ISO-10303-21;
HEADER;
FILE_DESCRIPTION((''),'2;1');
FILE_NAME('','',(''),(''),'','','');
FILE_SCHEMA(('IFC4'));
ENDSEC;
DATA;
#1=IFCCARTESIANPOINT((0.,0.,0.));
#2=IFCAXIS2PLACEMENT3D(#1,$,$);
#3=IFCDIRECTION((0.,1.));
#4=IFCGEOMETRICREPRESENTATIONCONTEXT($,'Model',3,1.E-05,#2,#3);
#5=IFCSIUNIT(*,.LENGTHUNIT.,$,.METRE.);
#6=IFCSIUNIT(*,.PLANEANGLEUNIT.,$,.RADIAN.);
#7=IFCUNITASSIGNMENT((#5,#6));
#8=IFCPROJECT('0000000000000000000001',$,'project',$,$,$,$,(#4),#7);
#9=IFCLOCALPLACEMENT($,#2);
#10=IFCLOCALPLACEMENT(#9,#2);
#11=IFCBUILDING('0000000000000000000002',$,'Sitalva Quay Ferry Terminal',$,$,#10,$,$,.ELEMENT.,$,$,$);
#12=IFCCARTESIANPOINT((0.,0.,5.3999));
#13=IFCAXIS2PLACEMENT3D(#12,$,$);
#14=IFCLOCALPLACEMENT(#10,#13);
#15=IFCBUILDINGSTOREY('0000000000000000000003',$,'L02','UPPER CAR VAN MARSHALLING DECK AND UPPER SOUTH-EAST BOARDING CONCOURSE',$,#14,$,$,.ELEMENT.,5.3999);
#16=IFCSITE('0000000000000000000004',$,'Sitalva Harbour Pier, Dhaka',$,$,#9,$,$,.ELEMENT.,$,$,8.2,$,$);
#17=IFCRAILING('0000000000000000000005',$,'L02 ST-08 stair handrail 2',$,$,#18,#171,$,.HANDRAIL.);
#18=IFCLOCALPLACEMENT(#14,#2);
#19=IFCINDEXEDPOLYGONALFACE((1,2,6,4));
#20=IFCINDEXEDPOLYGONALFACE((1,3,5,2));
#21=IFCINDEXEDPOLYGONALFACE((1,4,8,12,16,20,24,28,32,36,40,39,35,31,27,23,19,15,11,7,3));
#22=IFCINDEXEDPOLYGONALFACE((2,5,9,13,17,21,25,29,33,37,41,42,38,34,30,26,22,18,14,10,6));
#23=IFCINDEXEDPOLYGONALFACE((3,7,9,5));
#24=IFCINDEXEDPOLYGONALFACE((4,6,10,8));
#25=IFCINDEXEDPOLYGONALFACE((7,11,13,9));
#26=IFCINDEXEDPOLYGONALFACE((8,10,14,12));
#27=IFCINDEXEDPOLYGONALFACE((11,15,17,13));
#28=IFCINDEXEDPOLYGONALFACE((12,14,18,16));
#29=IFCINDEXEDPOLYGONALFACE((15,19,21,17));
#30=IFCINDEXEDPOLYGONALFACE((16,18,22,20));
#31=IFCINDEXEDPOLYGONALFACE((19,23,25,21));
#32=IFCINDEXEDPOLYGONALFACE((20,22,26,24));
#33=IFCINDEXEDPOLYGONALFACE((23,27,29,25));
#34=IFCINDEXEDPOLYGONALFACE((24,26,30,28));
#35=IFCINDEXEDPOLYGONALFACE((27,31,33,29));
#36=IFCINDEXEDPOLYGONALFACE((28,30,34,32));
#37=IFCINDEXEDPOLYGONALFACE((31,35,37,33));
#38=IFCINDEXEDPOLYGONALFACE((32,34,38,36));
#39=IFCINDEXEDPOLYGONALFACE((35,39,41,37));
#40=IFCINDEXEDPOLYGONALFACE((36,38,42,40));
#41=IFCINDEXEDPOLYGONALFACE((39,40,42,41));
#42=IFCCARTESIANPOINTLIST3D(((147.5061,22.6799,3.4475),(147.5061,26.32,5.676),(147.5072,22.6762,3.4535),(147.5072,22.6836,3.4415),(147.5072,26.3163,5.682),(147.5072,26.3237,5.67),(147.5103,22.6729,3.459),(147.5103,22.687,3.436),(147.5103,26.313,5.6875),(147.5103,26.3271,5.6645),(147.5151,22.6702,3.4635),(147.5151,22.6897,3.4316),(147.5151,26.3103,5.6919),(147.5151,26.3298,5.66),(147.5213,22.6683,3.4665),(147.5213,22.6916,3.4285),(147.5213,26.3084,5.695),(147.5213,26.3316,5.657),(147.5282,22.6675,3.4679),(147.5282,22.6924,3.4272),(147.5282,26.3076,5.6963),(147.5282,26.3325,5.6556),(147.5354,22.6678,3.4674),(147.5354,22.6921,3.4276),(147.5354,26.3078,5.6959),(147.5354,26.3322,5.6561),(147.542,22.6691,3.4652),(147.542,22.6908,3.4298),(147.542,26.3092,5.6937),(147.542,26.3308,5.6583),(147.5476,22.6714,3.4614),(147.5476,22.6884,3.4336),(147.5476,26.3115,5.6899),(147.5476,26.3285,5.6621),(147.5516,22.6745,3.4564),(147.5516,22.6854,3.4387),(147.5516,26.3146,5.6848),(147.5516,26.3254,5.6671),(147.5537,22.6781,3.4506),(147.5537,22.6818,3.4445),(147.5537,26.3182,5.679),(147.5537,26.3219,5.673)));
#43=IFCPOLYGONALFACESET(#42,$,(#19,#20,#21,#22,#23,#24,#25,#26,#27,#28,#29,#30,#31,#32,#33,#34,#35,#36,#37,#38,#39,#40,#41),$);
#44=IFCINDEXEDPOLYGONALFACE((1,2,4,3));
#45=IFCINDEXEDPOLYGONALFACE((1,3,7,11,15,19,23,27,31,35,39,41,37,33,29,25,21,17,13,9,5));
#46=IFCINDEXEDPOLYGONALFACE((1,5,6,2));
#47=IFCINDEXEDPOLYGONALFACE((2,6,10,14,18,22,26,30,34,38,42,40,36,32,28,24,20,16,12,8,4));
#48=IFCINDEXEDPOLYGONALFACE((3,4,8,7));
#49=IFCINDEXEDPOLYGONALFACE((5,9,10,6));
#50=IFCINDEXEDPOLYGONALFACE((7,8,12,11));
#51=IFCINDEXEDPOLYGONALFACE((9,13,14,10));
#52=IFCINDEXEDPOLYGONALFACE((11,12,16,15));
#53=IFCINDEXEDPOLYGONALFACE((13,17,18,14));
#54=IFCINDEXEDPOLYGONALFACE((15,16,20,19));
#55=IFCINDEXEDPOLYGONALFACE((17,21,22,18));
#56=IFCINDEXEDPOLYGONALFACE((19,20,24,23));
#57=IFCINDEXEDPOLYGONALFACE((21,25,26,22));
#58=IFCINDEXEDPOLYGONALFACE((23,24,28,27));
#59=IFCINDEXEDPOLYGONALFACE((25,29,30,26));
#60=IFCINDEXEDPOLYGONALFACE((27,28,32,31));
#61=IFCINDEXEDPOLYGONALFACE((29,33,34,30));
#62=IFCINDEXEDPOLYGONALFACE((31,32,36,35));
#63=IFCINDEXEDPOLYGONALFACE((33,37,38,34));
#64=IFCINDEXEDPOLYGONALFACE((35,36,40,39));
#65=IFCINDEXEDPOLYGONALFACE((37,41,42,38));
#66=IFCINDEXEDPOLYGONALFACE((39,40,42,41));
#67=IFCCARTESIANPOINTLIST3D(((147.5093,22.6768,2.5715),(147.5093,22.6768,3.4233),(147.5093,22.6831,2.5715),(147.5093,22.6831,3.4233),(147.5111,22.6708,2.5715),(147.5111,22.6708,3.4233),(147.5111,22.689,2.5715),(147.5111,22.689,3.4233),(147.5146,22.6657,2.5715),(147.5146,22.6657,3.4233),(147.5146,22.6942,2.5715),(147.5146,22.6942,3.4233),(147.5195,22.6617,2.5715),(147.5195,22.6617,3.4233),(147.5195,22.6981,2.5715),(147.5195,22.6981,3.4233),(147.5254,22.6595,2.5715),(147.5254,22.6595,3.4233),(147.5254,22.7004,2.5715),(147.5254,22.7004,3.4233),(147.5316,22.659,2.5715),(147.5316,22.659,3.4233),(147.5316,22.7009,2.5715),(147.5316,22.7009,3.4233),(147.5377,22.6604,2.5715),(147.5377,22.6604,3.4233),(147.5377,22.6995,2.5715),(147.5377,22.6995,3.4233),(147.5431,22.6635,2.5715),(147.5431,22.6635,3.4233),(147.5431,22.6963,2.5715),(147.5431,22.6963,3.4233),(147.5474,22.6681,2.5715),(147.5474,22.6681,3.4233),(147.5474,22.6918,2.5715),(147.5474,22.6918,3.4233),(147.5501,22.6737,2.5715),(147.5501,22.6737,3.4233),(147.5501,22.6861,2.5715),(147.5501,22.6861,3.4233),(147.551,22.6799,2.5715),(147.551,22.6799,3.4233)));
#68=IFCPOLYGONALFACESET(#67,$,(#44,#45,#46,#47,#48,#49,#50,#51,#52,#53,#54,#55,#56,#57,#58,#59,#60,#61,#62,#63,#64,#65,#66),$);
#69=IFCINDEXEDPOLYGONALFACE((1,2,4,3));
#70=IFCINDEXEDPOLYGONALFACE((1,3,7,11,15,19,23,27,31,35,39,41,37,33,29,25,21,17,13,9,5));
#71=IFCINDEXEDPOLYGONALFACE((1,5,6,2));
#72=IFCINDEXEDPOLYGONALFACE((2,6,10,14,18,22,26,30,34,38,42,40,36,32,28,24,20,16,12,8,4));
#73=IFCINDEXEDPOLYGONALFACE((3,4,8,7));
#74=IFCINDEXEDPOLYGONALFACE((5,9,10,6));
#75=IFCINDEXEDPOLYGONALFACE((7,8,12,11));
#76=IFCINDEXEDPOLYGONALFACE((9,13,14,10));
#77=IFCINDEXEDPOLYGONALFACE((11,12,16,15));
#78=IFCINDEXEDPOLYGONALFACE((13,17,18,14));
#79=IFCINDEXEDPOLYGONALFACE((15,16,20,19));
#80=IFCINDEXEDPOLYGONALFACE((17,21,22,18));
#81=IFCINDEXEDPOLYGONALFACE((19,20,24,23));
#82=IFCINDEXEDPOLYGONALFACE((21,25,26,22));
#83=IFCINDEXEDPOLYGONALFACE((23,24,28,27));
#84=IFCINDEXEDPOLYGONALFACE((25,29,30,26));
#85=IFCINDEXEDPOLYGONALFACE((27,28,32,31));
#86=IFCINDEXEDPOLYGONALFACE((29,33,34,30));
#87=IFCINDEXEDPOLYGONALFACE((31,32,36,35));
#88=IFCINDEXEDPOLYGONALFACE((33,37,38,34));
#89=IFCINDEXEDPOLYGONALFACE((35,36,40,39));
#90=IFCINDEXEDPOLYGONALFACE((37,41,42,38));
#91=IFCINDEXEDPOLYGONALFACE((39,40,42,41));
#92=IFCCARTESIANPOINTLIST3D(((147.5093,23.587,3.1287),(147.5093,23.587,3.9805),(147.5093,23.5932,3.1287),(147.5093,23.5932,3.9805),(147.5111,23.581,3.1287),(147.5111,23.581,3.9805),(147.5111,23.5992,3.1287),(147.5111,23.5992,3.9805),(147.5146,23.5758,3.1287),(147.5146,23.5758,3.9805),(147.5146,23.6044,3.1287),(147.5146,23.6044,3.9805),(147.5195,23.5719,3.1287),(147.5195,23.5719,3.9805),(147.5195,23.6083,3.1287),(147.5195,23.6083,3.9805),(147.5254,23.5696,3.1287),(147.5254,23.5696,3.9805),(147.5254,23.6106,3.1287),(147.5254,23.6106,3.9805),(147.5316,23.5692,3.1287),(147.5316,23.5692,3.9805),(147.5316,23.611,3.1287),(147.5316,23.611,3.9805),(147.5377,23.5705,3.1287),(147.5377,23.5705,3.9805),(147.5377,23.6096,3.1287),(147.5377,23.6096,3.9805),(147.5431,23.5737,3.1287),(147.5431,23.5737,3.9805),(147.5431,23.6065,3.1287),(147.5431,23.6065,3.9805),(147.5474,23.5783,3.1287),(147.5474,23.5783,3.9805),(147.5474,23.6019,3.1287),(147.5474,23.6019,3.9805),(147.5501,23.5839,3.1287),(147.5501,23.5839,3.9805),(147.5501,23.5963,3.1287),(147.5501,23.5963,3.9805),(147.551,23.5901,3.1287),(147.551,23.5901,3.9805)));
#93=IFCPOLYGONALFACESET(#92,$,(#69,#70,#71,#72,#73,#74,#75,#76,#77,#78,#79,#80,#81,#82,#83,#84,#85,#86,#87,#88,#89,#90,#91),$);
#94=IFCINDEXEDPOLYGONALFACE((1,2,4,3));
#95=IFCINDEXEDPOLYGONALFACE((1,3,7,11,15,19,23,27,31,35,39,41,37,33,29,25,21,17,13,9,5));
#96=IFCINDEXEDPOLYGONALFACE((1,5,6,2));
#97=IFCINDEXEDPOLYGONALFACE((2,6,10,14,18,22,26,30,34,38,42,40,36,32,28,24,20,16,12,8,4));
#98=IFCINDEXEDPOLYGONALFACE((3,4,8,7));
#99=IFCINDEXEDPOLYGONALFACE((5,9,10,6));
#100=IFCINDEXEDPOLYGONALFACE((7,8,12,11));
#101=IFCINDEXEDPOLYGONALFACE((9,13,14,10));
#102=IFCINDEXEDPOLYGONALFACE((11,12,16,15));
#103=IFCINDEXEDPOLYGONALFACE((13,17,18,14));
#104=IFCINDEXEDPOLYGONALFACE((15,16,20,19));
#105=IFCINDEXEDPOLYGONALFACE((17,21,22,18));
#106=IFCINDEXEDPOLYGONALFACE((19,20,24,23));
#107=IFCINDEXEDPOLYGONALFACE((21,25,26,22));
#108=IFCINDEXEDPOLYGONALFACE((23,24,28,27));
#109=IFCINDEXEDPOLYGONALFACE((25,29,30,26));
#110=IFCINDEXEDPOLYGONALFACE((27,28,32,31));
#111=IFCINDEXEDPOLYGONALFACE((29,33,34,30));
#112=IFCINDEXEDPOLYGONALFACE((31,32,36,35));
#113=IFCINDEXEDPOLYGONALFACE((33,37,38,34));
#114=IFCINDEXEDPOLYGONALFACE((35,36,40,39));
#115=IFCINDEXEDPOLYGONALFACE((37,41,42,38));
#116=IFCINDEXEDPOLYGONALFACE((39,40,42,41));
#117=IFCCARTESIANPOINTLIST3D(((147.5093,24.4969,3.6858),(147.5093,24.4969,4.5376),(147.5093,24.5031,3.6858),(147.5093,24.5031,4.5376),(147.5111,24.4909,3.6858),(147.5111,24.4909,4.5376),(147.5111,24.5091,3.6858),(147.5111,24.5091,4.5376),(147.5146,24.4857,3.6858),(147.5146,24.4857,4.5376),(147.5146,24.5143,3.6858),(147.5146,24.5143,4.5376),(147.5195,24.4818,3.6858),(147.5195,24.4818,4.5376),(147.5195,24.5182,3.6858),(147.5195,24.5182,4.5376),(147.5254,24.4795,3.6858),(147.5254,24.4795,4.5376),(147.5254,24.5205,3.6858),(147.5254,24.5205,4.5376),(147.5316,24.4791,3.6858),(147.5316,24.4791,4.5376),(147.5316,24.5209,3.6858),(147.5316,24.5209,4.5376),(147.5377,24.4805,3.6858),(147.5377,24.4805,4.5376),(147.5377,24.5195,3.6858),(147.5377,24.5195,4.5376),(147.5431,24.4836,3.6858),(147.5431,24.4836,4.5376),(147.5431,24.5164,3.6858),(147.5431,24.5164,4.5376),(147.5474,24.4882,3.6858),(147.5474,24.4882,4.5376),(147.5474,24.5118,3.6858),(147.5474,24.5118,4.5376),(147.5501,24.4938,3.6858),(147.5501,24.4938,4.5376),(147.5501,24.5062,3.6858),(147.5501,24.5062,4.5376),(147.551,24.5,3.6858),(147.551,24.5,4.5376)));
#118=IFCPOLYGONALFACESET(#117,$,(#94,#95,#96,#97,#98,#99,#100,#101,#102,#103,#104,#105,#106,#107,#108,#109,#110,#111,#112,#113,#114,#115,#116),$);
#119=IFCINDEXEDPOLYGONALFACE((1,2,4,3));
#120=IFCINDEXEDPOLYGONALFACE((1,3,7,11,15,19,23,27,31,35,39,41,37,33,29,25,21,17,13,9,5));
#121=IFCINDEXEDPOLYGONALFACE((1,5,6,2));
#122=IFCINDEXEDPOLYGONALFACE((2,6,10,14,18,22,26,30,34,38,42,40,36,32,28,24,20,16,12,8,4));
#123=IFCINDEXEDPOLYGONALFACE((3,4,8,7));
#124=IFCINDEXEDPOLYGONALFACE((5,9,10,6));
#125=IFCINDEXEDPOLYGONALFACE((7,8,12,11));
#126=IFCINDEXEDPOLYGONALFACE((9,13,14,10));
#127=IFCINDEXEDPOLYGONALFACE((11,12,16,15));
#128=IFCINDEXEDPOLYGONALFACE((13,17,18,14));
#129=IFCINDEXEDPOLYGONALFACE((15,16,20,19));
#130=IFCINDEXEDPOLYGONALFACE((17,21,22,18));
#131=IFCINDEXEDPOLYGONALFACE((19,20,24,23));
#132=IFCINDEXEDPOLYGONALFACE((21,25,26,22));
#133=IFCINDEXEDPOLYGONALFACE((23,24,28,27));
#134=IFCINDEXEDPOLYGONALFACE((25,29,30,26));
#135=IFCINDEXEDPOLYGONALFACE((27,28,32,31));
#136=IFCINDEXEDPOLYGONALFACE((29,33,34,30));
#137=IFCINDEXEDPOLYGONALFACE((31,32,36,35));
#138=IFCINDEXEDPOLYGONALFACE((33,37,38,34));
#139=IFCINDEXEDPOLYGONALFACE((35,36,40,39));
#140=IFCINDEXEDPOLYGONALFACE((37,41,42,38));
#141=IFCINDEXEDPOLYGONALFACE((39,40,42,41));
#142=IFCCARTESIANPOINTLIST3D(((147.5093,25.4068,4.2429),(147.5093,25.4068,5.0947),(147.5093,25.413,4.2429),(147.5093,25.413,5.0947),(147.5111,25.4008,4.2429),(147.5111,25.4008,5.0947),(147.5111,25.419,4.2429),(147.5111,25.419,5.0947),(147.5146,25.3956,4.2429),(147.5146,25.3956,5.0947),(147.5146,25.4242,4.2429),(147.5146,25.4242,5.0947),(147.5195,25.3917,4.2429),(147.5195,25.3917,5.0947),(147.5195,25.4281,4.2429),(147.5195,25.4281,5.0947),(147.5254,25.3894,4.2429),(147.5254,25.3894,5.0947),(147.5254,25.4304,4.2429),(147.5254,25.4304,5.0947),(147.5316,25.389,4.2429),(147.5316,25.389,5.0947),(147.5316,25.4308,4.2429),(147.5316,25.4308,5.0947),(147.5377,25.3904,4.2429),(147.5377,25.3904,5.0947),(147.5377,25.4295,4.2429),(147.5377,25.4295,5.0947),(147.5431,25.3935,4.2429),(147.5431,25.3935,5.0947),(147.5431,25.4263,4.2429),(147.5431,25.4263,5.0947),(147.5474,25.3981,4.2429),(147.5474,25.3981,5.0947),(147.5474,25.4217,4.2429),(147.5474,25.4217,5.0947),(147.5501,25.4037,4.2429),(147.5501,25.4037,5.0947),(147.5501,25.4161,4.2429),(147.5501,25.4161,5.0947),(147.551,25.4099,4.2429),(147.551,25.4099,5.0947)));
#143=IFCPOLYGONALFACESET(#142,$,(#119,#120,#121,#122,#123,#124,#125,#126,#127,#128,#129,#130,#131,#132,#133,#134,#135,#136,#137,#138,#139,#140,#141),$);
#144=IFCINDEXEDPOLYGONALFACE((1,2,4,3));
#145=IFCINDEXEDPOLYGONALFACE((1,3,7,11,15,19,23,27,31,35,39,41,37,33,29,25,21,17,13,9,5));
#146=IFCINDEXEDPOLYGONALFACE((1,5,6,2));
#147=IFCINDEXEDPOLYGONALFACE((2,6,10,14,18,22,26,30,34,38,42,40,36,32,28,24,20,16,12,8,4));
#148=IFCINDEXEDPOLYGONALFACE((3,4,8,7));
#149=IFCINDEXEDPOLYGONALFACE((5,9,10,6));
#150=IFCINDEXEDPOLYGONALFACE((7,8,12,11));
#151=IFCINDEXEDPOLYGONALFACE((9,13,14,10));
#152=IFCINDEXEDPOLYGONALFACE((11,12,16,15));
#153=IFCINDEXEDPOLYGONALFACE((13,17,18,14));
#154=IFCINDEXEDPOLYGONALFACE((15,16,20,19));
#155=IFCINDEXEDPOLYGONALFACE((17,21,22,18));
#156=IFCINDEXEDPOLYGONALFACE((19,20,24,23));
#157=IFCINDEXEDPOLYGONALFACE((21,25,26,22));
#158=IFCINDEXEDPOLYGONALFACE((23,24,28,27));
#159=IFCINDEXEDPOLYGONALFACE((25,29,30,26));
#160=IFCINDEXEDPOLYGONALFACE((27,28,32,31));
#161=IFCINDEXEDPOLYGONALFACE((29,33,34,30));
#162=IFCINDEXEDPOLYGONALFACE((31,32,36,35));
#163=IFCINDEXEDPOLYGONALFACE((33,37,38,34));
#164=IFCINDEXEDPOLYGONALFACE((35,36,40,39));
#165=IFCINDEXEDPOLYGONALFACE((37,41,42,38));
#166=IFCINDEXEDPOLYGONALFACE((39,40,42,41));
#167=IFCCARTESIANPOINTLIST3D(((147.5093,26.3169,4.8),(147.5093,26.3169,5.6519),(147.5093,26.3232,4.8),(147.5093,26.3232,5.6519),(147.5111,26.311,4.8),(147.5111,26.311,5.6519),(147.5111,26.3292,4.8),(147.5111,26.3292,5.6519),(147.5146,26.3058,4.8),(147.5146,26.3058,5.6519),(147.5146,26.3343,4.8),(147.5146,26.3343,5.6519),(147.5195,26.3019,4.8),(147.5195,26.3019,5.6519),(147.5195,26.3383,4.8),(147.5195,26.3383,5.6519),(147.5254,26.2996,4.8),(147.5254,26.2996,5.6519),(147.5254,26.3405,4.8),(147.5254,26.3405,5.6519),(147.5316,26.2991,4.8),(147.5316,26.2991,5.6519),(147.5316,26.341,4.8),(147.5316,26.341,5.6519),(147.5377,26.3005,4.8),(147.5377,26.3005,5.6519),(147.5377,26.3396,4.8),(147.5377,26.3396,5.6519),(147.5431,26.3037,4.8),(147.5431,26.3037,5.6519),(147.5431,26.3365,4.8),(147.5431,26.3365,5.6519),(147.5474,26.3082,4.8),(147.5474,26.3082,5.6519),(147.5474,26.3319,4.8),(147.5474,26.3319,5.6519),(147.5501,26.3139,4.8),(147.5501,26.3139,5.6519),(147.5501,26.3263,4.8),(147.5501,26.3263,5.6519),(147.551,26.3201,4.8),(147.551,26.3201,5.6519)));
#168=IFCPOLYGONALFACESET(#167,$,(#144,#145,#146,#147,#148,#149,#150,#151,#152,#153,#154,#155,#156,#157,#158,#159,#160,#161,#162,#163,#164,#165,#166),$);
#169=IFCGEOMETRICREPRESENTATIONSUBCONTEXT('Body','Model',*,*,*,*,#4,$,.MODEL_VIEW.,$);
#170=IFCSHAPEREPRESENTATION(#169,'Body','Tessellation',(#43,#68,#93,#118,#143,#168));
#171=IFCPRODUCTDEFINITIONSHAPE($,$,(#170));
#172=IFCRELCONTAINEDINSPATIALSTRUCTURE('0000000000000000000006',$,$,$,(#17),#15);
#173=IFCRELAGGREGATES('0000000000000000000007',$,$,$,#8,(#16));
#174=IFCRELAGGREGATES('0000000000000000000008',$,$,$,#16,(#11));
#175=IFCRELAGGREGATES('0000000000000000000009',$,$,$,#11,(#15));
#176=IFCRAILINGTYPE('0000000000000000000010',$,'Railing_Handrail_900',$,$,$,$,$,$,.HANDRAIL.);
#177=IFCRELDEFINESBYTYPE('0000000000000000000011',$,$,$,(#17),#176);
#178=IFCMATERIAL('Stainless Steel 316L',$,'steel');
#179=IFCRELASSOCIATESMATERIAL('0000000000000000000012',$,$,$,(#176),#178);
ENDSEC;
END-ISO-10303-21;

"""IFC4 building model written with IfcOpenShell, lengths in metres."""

from ifc_helpers import new_model, si_unit, direction, frame, origin, origin_2d, place, context, subcontext, project, spatial, circle, extrude, material, type_object, element, save


model = new_model("IFC4")

# Units and contexts
model_context = context("Model", 3, precision=1e-05, world=origin(), true_north=direction((0.0, 1.0)))
body_context = subcontext(model_context, "Body", "Model", "MODEL_VIEW")
ifc_project = project(units=[si_unit("LENGTHUNIT", "METRE"), si_unit("PLANEANGLEUNIT", "RADIAN")], contexts=[model_context])

# Site, building, storey
site_placement = place(None, origin())
site = spatial("IfcSite", under=ifc_project, at=site_placement, Name="Sitalva Harbour Pier, Dhaka", CompositionType="ELEMENT", RefElevation=8.2)
building_placement = place(site_placement, origin())
building = spatial("IfcBuilding", under=site, at=building_placement, Name="Sitalva Quay Ferry Terminal", CompositionType="ELEMENT")
storey_placement = place(building_placement, frame((0.0, 0.0, 5.3999)))
storey = spatial("IfcBuildingStorey", under=building, at=storey_placement, Name="L02", Description="UPPER CAR VAN MARSHALLING DECK AND UPPER SOUTH-EAST BOARDING CONCOURSE", CompositionType="ELEMENT", Elevation=5.3999)

# Railing
ifc_material_1 = material(Name="Stainless Steel 316L", Category="steel")
railing_type_1 = type_object("IfcRailingType", Name="Railing_Handrail_900", PredefinedType="HANDRAIL", material=ifc_material_1)
railing_1_placement = place(storey_placement, frame((147.53, 22.6799, 2.5715)))
element("IfcRailing", 1, at=railing_1_placement, inside=storey, type_object=railing_type_1, Name="L02 ST-08 stair handrail 2", PredefinedType="HANDRAIL", context=body_context, shape_type="SweptSolid", body=[
    extrude(circle(Radius=0.0239, at=origin_2d()), frame((0.0, 0.0, 0.876), z_axis=(0.0, 0.852866, 0.52213), x_axis=(-1.0, 0.0, 0.0)), (0.0, 0.0, 1.0), 4.2681),
    extrude(circle(Radius=0.021, at=origin_2d()), origin(), (0.0, 0.0, 1.0), 0.8518),
    extrude(circle(Radius=0.021, at=origin_2d()), frame((0.0, 0.9102, 0.5571)), (0.0, 0.0, 1.0), 0.8518),
    extrude(circle(Radius=0.021, at=origin_2d()), frame((0.0, 1.8201, 1.1143)), (0.0, 0.0, 1.0), 0.8518),
    extrude(circle(Radius=0.021, at=origin_2d()), frame((0.0, 2.73, 1.6714)), (0.0, 0.0, 1.0), 0.8518),
    extrude(circle(Radius=0.021, at=origin_2d()), frame((0.0, 3.6401, 2.2285)), (0.0, 0.0, 1.0), 0.8518),
])

save(model, "model.ifc")
